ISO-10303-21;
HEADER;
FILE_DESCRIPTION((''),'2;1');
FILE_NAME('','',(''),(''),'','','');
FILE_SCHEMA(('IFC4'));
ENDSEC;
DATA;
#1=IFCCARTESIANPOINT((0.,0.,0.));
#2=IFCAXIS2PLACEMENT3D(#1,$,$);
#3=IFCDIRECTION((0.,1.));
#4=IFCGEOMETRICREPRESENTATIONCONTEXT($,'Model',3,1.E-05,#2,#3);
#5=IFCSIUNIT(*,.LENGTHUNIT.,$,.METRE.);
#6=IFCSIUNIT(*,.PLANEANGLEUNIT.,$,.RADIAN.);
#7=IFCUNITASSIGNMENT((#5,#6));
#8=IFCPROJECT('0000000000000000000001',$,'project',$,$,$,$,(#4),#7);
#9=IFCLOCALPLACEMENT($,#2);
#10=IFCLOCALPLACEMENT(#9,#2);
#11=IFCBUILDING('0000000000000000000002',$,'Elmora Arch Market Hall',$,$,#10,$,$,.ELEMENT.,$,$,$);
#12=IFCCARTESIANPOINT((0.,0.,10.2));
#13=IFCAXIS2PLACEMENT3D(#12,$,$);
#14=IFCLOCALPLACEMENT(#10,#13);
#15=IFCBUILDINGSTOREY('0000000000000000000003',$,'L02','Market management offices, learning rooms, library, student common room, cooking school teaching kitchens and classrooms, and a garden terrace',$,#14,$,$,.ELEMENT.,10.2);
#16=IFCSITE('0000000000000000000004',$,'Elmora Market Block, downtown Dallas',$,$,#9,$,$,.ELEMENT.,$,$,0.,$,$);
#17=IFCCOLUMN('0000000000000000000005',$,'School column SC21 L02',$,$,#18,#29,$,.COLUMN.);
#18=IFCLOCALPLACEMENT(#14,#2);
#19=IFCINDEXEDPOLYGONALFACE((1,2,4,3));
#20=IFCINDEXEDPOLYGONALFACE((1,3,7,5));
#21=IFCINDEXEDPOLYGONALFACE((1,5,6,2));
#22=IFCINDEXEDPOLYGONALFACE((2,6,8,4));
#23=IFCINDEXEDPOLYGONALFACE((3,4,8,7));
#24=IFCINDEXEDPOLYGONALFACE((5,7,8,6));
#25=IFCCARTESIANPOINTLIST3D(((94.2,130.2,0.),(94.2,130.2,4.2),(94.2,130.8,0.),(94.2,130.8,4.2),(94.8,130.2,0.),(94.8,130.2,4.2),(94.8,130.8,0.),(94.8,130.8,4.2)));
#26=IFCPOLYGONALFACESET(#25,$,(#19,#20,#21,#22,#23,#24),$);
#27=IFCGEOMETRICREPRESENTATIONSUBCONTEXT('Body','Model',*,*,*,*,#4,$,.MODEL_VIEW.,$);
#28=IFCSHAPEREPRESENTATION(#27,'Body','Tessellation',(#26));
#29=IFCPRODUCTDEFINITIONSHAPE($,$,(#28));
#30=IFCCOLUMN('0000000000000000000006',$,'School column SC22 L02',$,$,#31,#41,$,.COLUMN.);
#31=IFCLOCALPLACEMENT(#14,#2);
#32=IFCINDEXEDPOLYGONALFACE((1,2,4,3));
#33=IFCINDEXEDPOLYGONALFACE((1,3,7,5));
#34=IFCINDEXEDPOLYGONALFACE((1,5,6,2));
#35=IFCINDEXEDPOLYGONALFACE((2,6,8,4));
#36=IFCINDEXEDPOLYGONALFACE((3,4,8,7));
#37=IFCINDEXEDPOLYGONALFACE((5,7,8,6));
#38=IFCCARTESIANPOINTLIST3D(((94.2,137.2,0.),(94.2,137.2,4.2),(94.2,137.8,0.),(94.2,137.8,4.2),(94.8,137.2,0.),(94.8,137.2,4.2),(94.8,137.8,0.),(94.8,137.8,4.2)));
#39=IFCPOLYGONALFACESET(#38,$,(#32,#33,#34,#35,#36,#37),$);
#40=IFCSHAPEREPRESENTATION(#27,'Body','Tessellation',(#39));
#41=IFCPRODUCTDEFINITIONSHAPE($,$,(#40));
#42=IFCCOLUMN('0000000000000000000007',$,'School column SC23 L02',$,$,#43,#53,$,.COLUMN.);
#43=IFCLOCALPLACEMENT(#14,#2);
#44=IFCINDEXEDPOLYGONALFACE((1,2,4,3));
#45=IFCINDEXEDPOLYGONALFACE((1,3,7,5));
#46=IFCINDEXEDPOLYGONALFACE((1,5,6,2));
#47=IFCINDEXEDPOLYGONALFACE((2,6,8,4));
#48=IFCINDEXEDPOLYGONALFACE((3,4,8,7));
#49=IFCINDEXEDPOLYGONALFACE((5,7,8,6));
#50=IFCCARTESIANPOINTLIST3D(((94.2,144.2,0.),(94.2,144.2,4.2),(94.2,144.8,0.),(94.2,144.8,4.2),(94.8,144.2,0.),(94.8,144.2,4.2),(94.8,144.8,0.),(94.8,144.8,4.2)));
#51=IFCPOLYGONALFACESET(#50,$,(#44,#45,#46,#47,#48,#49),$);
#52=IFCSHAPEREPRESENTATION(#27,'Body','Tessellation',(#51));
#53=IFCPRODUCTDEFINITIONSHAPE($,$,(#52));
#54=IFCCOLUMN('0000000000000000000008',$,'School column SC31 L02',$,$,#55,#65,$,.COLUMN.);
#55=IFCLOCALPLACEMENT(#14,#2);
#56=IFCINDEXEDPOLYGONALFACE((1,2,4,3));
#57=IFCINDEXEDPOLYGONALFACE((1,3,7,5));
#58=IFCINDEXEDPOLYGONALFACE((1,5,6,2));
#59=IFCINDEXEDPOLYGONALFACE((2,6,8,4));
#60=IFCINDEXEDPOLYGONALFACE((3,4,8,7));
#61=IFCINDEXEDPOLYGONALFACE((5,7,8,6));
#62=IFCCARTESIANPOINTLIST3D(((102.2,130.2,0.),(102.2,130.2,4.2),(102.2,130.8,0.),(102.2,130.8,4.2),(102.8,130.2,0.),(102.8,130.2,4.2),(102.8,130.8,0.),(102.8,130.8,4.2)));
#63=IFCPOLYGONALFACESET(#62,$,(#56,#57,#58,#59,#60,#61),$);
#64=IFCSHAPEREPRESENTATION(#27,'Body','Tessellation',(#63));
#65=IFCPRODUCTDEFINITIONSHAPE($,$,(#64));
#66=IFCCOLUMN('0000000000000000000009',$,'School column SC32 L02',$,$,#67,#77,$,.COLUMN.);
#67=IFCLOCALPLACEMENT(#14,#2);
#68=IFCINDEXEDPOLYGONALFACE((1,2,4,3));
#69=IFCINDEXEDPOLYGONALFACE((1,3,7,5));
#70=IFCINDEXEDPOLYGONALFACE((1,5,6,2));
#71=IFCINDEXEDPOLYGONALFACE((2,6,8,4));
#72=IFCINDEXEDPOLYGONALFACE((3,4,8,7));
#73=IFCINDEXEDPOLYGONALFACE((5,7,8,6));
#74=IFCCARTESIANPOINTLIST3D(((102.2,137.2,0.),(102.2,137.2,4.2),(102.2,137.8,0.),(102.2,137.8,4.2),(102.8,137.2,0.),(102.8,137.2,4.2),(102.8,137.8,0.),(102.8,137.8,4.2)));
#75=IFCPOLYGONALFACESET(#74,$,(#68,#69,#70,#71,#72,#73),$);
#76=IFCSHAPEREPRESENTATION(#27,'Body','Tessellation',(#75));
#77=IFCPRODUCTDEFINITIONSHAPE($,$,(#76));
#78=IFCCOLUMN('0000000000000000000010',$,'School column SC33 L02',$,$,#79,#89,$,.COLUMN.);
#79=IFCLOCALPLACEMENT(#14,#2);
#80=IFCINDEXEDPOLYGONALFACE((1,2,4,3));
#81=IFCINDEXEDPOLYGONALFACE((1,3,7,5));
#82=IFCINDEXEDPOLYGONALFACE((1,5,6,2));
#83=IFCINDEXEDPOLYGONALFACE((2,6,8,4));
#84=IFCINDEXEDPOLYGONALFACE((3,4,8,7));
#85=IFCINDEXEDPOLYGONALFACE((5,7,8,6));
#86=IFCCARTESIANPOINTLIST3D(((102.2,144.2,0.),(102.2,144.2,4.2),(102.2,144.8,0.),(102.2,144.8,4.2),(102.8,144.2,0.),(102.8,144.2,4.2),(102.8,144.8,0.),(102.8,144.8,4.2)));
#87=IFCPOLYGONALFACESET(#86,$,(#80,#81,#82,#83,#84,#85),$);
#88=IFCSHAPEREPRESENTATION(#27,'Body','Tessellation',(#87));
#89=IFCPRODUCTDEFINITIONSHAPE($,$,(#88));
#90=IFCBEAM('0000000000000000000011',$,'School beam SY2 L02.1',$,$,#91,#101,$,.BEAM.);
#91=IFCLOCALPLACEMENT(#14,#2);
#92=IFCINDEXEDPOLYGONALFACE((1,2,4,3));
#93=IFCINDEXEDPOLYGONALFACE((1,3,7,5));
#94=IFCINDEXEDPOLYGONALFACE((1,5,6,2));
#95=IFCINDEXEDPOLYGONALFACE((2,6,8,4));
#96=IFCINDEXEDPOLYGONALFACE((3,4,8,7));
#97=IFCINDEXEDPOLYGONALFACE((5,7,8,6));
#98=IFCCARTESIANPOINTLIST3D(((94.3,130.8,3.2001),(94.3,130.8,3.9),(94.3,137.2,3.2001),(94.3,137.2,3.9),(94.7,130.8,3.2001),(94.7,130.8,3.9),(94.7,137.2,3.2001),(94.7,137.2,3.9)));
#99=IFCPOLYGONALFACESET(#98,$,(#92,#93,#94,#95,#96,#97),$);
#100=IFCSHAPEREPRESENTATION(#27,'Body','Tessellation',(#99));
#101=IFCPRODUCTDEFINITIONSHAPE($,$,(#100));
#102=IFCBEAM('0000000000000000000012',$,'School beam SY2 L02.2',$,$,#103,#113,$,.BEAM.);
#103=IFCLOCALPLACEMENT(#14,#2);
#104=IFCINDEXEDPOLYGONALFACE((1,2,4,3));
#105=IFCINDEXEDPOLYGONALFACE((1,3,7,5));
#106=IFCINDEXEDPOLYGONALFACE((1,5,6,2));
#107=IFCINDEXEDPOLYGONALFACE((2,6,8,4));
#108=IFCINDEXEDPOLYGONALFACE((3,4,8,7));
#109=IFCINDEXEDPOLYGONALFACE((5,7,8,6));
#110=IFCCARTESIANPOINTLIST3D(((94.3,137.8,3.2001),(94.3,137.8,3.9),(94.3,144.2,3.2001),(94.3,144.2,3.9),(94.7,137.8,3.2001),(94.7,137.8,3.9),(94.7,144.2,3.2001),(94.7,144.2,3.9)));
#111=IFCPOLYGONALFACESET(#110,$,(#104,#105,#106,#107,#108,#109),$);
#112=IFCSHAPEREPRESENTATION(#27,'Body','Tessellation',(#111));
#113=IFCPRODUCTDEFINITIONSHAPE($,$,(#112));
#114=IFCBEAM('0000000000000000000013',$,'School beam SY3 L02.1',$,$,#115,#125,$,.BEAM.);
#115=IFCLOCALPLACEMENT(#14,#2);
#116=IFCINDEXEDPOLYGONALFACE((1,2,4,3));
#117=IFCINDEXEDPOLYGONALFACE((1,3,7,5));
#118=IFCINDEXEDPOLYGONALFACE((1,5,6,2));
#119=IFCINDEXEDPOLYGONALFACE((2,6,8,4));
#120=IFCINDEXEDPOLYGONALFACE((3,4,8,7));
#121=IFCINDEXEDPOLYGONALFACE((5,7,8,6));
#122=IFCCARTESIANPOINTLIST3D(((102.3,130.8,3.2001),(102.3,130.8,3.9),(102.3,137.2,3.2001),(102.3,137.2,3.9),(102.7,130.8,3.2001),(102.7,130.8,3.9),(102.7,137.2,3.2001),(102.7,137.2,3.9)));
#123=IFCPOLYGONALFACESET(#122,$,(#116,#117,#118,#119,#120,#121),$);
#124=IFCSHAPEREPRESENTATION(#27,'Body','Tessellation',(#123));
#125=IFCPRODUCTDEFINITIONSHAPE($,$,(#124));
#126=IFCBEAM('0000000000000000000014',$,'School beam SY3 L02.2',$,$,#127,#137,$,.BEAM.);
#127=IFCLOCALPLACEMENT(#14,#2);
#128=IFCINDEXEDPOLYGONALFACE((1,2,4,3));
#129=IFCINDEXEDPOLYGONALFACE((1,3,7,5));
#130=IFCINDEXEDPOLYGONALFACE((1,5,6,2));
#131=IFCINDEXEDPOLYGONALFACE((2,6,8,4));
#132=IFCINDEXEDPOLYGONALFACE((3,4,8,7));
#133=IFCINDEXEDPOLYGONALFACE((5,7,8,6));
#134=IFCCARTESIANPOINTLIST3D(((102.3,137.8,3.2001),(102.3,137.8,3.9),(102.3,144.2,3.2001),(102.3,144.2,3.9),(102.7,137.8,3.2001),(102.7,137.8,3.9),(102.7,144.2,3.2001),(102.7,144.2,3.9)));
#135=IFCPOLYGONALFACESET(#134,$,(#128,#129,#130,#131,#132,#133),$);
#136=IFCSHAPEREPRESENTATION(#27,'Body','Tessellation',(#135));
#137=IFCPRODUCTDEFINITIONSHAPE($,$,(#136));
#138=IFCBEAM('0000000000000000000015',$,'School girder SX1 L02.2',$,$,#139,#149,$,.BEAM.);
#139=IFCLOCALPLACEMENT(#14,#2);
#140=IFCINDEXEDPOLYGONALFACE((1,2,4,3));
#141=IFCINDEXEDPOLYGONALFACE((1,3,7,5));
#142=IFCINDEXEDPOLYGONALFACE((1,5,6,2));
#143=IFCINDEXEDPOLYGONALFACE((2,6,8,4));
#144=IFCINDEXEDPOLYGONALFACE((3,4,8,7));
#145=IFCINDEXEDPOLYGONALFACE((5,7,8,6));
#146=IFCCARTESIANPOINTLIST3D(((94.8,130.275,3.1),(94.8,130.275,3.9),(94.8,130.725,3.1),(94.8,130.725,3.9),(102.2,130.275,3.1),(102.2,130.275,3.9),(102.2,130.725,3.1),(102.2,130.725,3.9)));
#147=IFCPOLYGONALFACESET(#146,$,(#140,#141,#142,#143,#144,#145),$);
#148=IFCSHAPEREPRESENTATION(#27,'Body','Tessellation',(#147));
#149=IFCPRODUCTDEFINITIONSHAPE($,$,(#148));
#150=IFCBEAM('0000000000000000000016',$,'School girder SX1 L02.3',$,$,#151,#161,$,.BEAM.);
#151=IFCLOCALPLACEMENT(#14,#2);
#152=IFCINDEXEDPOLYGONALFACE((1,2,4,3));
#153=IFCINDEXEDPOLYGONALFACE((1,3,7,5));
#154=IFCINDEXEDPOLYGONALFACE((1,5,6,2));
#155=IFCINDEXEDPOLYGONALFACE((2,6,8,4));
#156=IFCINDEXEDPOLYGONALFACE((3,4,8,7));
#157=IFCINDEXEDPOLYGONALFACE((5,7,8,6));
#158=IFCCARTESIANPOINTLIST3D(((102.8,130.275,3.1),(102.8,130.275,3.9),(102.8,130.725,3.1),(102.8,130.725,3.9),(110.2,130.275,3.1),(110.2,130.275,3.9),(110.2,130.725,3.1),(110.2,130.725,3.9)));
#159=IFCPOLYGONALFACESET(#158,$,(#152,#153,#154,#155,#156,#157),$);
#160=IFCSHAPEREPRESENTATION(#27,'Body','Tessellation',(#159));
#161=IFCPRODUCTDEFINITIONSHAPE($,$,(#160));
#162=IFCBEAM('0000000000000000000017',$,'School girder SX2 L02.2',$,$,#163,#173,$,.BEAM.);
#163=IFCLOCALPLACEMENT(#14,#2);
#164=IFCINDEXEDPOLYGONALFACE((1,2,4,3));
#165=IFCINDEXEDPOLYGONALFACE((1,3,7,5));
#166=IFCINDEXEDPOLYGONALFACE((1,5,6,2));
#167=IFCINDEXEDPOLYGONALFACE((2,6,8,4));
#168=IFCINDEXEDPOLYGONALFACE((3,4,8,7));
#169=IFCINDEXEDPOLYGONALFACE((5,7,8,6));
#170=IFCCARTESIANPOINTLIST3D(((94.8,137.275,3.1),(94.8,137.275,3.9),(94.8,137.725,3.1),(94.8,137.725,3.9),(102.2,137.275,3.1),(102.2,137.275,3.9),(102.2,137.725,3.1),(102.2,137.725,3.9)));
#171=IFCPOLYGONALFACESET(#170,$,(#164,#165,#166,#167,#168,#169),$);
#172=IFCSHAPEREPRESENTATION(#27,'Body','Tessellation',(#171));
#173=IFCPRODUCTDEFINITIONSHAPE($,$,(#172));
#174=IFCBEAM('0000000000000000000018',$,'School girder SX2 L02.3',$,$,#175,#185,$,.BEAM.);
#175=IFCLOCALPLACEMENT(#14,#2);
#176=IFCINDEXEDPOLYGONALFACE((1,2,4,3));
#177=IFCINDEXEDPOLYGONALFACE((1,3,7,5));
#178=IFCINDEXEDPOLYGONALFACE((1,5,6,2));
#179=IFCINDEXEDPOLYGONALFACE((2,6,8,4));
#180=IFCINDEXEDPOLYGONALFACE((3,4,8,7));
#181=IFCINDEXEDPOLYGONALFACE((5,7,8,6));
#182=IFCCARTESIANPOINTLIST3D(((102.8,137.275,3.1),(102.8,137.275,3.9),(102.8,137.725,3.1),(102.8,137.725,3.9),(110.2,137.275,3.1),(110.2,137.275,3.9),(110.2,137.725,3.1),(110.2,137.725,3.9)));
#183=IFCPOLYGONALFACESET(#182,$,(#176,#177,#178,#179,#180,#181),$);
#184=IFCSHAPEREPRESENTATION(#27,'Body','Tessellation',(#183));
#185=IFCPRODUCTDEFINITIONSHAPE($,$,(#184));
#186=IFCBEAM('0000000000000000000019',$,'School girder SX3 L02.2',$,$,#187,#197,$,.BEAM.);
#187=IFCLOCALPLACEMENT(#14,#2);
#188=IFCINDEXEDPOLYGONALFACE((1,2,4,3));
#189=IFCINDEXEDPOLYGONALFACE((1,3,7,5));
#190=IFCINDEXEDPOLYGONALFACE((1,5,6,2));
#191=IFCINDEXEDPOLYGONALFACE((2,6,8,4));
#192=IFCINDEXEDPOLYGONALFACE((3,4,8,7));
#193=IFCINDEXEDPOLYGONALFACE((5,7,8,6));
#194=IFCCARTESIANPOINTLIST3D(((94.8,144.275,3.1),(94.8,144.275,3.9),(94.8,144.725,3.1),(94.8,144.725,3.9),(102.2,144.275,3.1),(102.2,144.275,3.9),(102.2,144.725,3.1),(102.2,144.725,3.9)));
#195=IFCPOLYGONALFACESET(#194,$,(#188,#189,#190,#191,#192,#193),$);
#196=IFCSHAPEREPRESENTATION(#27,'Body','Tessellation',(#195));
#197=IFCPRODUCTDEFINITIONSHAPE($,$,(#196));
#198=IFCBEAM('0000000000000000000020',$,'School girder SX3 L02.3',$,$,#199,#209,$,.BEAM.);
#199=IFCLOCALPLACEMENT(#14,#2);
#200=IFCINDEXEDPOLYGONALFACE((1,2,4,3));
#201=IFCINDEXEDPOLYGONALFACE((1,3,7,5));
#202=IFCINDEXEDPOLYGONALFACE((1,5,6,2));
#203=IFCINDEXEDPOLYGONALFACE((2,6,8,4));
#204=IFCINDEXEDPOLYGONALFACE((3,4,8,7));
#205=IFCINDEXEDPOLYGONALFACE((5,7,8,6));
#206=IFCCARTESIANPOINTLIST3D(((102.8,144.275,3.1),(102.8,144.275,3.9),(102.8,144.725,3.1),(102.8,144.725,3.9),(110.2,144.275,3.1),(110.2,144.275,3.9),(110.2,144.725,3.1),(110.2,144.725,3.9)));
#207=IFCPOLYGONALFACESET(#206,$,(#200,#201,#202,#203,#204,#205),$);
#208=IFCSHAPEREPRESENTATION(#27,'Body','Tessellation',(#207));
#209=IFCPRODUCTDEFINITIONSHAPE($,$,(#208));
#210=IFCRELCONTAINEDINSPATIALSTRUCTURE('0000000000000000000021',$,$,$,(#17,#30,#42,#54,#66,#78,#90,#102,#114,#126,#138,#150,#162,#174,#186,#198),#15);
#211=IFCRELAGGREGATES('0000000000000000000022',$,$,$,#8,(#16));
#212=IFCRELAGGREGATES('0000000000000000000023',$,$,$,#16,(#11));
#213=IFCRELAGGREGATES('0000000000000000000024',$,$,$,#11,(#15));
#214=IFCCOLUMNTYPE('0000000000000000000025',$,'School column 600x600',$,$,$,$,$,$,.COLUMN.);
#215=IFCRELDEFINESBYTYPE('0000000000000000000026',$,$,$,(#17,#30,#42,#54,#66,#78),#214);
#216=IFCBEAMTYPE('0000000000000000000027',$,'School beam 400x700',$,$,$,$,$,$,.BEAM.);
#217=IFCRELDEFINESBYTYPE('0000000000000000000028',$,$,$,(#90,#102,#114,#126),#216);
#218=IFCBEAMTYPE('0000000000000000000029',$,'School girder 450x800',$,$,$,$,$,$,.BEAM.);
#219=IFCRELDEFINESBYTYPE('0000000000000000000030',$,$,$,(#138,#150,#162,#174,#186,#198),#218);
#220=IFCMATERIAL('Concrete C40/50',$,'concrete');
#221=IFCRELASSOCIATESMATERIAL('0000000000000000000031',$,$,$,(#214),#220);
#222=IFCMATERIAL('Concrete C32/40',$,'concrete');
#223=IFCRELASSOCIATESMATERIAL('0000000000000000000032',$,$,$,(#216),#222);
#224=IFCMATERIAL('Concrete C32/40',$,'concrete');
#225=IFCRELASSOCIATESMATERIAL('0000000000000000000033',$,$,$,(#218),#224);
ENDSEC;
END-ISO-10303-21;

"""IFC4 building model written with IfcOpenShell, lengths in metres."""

from ifc_helpers import new_model, si_unit, direction, frame, origin, origin_2d, place, context, subcontext, project, spatial, rectangle, extrude, material, material_profile, profile_set, type_object, element, save


model = new_model("IFC4")

# Units and contexts
model_context = context("Model", 3, precision=1e-05, world=origin(), true_north=direction((0.0, 1.0)))
body_context = subcontext(model_context, "Body", "Model", "MODEL_VIEW")
ifc_project = project(units=[si_unit("LENGTHUNIT", "METRE"), si_unit("PLANEANGLEUNIT", "RADIAN")], contexts=[model_context])

# Site, building, storey
site_placement = place(None, origin())
site = spatial("IfcSite", under=ifc_project, at=site_placement, Name="Elmora Market Block, downtown Dallas", CompositionType="ELEMENT", RefElevation=0.0)
building_placement = place(site_placement, origin())
building = spatial("IfcBuilding", under=site, at=building_placement, Name="Elmora Arch Market Hall", CompositionType="ELEMENT")
storey_placement = place(building_placement, frame((0.0, 0.0, 10.2)))
storey = spatial("IfcBuildingStorey", under=building, at=storey_placement, Name="L02", Description="Market management offices, learning rooms, library, student common room, cooking school teaching kitchens and classrooms, and a garden terrace", CompositionType="ELEMENT", Elevation=10.2)

# Columns
ifc_material_1 = material(Name="Concrete C40/50", Category="concrete")
ifc_material_profile_1 = material_profile(ifc_material_1, rectangle(XDim=0.6001, YDim=0.6001, at=origin_2d()), Name="School column 600x600")
ifc_profile_set_1 = profile_set([ifc_material_profile_1], Name="Concrete C40/50")
column_type = type_object("IfcColumnType", Name="School column 600x600", PredefinedType="COLUMN", material=ifc_profile_set_1)
for number, where, z_axis, x_axis, name in (
    (1, (94.5, 130.5, 0.0), (0.0, 0.0, 1.0), (1.0, 0.0, 0.0), "School column SC21 L02"),
    (2, (94.5, 137.5, 0.0), (0.0, 0.0, 1.0), (1.0, 0.0, 0.0), "School column SC22 L02"),
    (3, (94.5, 144.5, 0.0), (0.0, 0.0, 1.0), (1.0, 0.0, 0.0), "School column SC23 L02"),
    (4, (102.5, 130.5, 0.0), (0.0, 0.0, 1.0), (1.0, 0.0, 0.0), "School column SC31 L02"),
    (5, (102.5, 137.5, 0.0), (0.0, 0.0, 1.0), (1.0, 0.0, 0.0), "School column SC32 L02"),
    (6, (102.5, 144.5, 0.0), (0.0, 0.0, 1.0), (1.0, 0.0, 0.0), "School column SC33 L02"),
):
    element("IfcColumn", number, at=place(storey_placement, frame(where, z_axis=z_axis, x_axis=x_axis)), inside=storey, type_object=column_type, Name=name, PredefinedType="COLUMN", context=body_context, shape_type="SweptSolid", body=[
        extrude(rectangle(XDim=0.6001, YDim=0.6001, at=origin_2d()), origin(), (0.0, 0.0, 1.0), 4.2),
    ])

# Beams
ifc_material_2 = material(Name="Concrete C32/40", Category="concrete")
ifc_material_profile_2 = material_profile(ifc_material_2, rectangle(XDim=0.3999, YDim=0.7, at=origin_2d()), Name="School beam 400x700")
ifc_profile_set_2 = profile_set([ifc_material_profile_2], Name="Concrete C32/40")
beam_type_1 = type_object("IfcBeamType", Name="School beam 400x700", PredefinedType="BEAM", material=ifc_profile_set_2)
for number, where, z_axis, x_axis, name in (
    (7, (94.5, 130.8, 3.55), (0.0, 1.0, 0.0), (-1.0, 0.0, 0.0), "School beam SY2 L02.1"),
    (8, (94.5, 137.8, 3.55), (0.0, 1.0, 0.0), (-1.0, 0.0, 0.0), "School beam SY2 L02.2"),
    (9, (102.5, 130.8, 3.55), (0.0, 1.0, 0.0), (-1.0, 0.0, 0.0), "School beam SY3 L02.1"),
    (10, (102.5, 137.8, 3.55), (0.0, 1.0, 0.0), (-1.0, 0.0, 0.0), "School beam SY3 L02.2"),
):
    element("IfcBeam", number, at=place(storey_placement, frame(where, z_axis=z_axis, x_axis=x_axis)), inside=storey, type_object=beam_type_1, Name=name, PredefinedType="BEAM", context=body_context, shape_type="SweptSolid", body=[
        extrude(rectangle(XDim=0.3999, YDim=0.7, at=origin_2d()), origin(), (0.0, 0.0, 1.0), 6.3999),
    ])
ifc_material_3 = material(Name="Concrete C32/40", Category="concrete")
ifc_material_profile_3 = material_profile(ifc_material_3, rectangle(XDim=0.45, YDim=0.8, at=origin_2d()), Name="School girder 450x800")
ifc_profile_set_3 = profile_set([ifc_material_profile_3], Name="Concrete C32/40")
beam_type_2 = type_object("IfcBeamType", Name="School girder 450x800", PredefinedType="BEAM", material=ifc_profile_set_3)
for number, where, z_axis, x_axis, name in (
    (11, (94.8, 130.5, 3.5), (1.0, 0.0, 0.0), (0.0, 1.0, 0.0), "School girder SX1 L02.2"),
    (12, (102.8, 130.5, 3.5), (1.0, 0.0, 0.0), (0.0, 1.0, 0.0), "School girder SX1 L02.3"),
    (13, (94.8, 137.5, 3.5), (1.0, 0.0, 0.0), (0.0, 1.0, 0.0), "School girder SX2 L02.2"),
    (14, (102.8, 137.5, 3.5), (1.0, 0.0, 0.0), (0.0, 1.0, 0.0), "School girder SX2 L02.3"),
    (15, (94.8, 144.5, 3.5), (1.0, 0.0, 0.0), (0.0, 1.0, 0.0), "School girder SX3 L02.2"),
    (16, (102.8, 144.5, 3.5), (1.0, 0.0, 0.0), (0.0, 1.0, 0.0), "School girder SX3 L02.3"),
):
    element("IfcBeam", number, at=place(storey_placement, frame(where, z_axis=z_axis, x_axis=x_axis)), inside=storey, type_object=beam_type_2, Name=name, PredefinedType="BEAM", context=body_context, shape_type="SweptSolid", body=[
        extrude(rectangle(XDim=0.45, YDim=0.8, at=origin_2d()), origin(), (0.0, 0.0, 1.0), 7.3999),
    ])

save(model, "model.ifc")
